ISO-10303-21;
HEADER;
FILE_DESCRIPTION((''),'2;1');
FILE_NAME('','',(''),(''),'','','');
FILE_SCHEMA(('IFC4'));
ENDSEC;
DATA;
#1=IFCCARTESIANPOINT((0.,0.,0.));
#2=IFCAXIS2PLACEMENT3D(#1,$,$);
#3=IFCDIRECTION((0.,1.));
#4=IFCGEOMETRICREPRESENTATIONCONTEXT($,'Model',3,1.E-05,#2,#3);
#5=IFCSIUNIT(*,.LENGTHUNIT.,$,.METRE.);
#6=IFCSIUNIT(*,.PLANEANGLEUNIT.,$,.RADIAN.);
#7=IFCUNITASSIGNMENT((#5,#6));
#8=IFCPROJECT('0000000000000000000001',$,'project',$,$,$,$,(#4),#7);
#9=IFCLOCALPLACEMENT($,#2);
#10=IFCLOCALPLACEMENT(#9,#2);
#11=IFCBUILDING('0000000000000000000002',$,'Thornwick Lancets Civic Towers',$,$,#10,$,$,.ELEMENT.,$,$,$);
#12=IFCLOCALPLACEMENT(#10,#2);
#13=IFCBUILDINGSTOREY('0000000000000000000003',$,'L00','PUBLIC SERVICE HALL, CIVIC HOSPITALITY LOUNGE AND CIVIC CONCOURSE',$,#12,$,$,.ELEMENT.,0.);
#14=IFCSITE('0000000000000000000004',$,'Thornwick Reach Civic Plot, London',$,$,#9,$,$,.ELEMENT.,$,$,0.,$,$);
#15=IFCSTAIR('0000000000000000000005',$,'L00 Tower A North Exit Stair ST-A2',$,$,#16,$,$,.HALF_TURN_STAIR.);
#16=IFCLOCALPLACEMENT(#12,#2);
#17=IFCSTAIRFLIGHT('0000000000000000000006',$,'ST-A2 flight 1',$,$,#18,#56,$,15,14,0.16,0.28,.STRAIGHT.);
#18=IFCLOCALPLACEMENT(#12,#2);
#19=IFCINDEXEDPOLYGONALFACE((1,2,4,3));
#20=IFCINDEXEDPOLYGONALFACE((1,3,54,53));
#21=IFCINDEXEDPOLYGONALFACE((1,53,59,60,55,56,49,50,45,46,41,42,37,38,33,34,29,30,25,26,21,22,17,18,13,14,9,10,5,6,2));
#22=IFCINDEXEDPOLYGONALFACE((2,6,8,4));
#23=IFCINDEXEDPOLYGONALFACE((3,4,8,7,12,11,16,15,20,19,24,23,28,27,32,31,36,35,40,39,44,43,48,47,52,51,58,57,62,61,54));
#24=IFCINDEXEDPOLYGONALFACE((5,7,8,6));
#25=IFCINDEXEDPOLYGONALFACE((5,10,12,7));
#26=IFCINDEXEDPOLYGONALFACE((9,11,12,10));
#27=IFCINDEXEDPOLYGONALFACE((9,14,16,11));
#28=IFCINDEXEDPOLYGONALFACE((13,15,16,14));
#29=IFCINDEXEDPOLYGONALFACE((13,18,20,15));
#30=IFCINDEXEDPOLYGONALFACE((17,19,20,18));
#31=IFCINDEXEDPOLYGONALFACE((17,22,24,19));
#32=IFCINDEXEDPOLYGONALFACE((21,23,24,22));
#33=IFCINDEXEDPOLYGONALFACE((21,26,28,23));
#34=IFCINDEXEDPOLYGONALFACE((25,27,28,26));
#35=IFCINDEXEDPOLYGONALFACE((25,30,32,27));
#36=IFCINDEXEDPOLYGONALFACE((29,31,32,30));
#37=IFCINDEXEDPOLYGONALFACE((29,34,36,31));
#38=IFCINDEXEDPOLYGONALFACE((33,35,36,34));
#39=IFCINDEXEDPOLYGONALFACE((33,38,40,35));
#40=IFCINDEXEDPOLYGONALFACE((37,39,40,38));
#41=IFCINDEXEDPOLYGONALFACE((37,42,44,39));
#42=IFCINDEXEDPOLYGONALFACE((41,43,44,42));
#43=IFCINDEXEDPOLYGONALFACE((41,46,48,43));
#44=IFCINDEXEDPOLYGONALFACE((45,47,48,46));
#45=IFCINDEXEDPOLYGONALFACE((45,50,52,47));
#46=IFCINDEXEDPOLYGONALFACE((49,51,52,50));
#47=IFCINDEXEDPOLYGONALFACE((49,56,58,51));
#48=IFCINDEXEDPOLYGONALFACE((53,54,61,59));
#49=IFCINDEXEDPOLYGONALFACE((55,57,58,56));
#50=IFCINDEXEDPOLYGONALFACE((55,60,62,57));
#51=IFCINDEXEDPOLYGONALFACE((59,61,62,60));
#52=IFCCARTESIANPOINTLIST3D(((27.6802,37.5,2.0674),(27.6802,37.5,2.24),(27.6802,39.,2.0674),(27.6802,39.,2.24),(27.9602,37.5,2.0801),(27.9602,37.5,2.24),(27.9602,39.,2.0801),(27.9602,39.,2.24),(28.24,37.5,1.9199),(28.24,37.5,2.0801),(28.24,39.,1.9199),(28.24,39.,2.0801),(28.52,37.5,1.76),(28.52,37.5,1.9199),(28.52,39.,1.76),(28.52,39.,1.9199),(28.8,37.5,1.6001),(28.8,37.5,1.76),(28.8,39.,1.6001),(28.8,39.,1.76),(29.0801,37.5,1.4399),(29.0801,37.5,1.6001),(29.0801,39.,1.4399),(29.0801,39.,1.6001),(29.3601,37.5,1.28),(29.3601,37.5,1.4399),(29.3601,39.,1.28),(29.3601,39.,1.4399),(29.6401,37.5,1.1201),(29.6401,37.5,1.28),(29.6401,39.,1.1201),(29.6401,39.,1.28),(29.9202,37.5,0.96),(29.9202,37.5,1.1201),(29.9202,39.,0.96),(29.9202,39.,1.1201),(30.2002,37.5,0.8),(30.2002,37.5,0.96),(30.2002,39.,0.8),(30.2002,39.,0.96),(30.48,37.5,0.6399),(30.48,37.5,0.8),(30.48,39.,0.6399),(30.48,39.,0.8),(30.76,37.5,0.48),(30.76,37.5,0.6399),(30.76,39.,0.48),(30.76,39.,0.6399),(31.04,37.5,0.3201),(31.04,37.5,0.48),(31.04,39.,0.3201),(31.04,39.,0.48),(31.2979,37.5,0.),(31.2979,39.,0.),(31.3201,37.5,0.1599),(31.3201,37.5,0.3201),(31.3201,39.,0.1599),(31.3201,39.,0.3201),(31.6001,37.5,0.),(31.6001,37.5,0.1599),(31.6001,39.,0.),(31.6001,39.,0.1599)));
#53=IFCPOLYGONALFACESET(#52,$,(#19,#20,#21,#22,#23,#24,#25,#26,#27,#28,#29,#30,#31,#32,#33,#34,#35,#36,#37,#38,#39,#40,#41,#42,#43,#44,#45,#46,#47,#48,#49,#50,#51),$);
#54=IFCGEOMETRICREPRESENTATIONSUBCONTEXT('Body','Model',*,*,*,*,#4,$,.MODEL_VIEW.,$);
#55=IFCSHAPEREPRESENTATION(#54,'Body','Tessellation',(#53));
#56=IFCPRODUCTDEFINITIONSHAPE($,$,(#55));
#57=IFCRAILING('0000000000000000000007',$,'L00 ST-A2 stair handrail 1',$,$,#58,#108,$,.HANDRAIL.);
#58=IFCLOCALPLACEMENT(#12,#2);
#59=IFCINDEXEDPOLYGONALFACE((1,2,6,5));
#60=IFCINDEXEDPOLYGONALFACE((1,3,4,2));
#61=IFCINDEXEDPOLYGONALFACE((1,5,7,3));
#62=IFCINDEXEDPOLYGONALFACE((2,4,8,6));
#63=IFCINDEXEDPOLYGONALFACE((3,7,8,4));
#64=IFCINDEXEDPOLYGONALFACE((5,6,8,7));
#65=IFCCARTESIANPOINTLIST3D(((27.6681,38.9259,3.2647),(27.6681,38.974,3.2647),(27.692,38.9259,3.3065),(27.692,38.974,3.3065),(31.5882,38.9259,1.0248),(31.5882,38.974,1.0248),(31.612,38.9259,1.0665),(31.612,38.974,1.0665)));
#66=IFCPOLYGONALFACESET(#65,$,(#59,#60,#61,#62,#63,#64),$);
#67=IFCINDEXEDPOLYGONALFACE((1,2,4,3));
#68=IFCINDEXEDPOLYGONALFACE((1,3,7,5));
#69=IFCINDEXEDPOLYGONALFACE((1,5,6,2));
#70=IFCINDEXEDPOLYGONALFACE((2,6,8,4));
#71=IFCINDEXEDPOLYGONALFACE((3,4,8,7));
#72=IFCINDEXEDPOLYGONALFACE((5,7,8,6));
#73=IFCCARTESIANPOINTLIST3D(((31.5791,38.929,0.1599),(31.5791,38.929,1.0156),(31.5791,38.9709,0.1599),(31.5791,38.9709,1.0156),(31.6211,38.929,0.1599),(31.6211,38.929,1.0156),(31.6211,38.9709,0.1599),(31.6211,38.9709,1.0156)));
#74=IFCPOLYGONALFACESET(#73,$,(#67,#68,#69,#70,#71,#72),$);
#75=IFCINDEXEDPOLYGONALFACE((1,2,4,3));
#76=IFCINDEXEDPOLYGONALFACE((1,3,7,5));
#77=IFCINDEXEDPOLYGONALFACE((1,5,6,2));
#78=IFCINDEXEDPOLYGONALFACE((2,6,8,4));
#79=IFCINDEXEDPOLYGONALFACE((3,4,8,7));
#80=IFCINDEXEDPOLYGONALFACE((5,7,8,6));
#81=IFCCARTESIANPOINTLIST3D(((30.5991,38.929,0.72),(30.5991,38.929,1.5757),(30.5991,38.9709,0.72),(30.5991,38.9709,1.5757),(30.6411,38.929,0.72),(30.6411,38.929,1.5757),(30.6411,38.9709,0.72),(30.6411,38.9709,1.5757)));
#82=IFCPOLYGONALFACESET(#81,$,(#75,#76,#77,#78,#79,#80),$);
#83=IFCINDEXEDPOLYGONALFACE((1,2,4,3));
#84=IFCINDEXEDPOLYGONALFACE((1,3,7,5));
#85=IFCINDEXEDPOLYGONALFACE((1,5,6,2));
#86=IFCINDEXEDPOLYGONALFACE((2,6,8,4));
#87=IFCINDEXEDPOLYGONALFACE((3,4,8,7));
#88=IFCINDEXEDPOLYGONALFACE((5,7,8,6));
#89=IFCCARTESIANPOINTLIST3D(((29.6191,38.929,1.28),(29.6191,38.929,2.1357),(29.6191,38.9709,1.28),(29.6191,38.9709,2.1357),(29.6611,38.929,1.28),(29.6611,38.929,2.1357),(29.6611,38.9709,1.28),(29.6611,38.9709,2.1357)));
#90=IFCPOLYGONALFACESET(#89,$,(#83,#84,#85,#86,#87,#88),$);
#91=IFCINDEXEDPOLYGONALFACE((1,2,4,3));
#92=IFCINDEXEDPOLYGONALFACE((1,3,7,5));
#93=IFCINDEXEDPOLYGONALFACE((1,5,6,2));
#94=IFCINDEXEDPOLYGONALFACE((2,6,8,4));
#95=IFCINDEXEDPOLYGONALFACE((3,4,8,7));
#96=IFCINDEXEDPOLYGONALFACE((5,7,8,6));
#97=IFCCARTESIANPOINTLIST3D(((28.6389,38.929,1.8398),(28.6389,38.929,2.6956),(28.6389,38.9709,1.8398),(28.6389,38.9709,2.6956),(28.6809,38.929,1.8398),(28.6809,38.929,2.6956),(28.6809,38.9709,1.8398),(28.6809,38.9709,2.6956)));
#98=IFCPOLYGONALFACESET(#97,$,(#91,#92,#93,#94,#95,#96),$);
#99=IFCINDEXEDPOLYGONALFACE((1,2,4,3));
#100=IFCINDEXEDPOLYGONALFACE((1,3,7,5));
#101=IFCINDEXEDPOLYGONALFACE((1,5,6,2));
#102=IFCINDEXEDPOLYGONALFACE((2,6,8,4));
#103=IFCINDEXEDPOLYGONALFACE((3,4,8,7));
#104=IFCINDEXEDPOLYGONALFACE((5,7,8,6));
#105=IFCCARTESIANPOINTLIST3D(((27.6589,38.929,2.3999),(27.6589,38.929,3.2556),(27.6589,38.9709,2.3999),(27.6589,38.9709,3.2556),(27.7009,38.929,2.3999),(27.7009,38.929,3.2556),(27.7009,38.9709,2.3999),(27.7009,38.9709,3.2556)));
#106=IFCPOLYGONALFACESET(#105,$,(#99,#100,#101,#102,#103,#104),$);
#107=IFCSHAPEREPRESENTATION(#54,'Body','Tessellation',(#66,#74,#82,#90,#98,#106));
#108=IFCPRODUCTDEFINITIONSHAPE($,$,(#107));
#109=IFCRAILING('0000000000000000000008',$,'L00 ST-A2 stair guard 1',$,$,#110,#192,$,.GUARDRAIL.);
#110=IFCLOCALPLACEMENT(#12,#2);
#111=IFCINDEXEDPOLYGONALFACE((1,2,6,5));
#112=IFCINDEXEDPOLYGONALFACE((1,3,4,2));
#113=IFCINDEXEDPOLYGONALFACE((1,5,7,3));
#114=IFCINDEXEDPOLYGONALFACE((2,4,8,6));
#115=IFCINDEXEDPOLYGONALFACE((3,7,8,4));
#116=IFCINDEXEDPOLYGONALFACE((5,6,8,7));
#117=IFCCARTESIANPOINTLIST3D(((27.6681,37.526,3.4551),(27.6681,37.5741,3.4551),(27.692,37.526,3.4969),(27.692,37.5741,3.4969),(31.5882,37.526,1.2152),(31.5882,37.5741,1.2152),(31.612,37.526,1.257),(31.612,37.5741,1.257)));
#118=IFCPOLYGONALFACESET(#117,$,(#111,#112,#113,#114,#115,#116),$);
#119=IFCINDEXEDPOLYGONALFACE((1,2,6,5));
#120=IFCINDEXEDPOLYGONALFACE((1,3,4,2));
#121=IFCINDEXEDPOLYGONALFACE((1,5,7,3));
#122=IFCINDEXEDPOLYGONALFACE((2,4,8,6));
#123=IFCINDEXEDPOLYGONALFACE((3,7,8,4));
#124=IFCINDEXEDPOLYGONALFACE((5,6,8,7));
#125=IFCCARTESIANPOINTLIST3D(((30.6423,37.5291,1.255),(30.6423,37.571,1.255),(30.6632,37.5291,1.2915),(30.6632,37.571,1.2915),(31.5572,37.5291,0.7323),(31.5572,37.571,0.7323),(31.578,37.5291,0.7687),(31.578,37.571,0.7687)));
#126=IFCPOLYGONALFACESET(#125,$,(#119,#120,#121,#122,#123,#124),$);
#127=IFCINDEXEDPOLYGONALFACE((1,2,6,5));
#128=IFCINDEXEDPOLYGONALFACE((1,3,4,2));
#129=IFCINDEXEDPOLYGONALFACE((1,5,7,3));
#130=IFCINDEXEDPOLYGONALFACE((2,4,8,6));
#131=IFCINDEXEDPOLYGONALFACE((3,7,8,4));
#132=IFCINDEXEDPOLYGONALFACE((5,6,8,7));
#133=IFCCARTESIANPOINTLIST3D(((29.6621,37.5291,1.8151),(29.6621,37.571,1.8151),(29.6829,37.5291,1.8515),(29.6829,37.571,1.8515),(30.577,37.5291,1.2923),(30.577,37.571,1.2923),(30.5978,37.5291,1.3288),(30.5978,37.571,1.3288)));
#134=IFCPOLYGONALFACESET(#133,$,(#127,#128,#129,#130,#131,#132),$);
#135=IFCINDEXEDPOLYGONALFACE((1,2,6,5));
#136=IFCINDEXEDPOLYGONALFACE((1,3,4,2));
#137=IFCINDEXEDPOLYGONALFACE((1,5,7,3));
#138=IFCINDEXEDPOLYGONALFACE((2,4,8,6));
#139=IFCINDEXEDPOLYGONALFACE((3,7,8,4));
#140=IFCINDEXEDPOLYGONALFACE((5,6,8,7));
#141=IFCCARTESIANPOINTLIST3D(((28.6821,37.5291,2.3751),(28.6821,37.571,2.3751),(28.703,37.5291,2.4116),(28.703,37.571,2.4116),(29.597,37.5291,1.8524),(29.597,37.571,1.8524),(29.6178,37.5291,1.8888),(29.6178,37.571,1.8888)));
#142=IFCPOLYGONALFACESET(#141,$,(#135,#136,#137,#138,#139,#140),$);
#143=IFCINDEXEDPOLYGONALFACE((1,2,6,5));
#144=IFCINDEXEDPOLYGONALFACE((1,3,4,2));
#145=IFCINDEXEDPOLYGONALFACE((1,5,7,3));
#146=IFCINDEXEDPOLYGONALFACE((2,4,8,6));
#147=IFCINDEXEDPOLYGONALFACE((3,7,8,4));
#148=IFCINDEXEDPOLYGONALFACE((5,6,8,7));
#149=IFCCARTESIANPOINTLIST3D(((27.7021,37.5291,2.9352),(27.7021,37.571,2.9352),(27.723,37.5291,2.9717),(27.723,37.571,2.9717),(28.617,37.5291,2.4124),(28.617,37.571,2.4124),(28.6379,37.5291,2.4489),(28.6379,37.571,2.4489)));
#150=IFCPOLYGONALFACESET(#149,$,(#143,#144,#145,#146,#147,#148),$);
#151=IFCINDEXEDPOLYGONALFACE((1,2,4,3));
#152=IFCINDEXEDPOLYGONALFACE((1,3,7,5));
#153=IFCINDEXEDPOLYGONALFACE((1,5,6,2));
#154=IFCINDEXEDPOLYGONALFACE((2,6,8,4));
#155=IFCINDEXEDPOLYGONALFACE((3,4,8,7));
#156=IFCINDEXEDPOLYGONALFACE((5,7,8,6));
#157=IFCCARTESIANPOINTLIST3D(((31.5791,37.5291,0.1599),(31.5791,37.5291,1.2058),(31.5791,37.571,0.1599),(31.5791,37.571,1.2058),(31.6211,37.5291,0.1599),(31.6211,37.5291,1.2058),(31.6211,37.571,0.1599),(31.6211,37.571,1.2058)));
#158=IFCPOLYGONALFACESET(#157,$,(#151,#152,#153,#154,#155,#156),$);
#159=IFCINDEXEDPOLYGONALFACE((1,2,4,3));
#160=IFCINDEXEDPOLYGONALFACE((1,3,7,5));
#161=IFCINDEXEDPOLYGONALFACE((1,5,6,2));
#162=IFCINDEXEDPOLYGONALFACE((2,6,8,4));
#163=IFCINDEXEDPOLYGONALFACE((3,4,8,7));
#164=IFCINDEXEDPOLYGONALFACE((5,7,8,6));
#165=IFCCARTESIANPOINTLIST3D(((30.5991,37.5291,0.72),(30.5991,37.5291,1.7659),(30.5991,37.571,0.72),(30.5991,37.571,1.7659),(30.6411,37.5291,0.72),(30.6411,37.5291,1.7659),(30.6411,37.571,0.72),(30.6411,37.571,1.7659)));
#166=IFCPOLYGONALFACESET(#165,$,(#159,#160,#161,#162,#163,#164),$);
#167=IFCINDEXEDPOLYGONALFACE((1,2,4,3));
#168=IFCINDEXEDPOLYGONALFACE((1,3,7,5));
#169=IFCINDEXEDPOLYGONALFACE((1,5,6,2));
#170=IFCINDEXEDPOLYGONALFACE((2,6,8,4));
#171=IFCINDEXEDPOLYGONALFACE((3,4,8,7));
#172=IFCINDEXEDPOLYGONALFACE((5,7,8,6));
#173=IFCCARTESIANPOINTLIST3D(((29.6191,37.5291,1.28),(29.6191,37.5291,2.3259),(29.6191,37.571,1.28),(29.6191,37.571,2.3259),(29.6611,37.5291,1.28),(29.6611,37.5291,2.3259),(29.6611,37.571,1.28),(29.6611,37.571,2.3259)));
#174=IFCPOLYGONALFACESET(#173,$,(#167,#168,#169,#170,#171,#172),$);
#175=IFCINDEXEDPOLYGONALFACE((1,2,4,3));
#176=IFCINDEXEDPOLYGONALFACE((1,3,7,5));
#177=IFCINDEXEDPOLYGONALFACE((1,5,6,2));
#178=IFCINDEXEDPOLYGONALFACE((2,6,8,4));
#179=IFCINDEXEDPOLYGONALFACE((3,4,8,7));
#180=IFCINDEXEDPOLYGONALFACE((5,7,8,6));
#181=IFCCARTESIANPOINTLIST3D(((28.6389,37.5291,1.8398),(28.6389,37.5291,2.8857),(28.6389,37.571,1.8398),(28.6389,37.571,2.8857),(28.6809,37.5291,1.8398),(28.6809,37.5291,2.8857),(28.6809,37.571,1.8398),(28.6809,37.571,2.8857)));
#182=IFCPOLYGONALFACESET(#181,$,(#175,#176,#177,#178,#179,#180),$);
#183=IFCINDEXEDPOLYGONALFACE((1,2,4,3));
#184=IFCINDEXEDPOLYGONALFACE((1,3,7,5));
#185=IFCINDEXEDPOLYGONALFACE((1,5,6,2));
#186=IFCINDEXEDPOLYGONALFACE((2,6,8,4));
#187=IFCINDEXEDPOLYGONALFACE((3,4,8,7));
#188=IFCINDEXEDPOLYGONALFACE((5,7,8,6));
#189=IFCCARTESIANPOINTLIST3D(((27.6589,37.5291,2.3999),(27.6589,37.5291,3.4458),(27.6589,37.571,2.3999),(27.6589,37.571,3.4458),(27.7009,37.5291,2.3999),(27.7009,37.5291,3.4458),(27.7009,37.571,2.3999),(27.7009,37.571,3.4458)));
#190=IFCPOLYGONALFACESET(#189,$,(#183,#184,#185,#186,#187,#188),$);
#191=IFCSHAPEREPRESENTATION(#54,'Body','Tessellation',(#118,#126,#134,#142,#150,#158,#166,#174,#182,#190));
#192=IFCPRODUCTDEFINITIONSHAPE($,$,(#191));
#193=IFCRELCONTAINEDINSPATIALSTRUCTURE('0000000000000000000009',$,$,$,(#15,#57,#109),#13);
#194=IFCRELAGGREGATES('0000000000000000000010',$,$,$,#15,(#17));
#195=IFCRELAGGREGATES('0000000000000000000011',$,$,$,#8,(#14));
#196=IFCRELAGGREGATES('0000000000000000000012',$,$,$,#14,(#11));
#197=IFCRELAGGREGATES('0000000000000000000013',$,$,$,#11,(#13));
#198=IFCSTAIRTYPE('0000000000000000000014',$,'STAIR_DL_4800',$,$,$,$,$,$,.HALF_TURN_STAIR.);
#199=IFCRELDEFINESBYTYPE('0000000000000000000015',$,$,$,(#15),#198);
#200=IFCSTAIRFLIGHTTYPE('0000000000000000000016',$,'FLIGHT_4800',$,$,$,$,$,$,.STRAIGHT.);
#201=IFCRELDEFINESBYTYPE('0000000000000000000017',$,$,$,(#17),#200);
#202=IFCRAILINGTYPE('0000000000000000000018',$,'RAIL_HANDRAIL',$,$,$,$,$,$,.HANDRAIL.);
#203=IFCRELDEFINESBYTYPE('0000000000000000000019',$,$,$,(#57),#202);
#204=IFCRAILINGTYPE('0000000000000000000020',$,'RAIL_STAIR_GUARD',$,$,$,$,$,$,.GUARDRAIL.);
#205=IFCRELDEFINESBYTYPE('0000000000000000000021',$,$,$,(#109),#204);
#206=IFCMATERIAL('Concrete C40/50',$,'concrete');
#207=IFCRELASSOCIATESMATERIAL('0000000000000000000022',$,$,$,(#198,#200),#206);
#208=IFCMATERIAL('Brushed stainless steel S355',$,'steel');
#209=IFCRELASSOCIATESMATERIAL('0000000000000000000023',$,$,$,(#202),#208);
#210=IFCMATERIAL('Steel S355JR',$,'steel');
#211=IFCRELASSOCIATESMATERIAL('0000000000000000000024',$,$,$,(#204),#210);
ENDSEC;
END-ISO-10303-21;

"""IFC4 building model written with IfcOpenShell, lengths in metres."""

from ifc_helpers import new_model, si_unit, direction, frame, origin, origin_2d, place, context, subcontext, project, spatial, polyline, rectangle, outline, extrude, material, type_object, element, aggregate, save


model = new_model("IFC4")

# Units and contexts
model_context = context("Model", 3, precision=1e-05, world=origin(), true_north=direction((0.0, 1.0)))
body_context = subcontext(model_context, "Body", "Model", "MODEL_VIEW")
ifc_project = project(units=[si_unit("LENGTHUNIT", "METRE"), si_unit("PLANEANGLEUNIT", "RADIAN")], contexts=[model_context])

# Site, building, storey
site_placement = place(None, origin())
site = spatial("IfcSite", under=ifc_project, at=site_placement, Name="Thornwick Reach Civic Plot, London", CompositionType="ELEMENT", RefElevation=0.0)
building_placement = place(site_placement, origin())
building = spatial("IfcBuilding", under=site, at=building_placement, Name="Thornwick Lancets Civic Towers", CompositionType="ELEMENT")
storey_placement = place(building_placement, origin())
storey = spatial("IfcBuildingStorey", under=building, at=storey_placement, Name="L00", Description="PUBLIC SERVICE HALL, CIVIC HOSPITALITY LOUNGE AND CIVIC CONCOURSE", CompositionType="ELEMENT", Elevation=0.0)

# Shared definitions
ifc_material_1 = material(Name="Concrete C40/50", Category="concrete")

# Stair, stair flight
stair_type = type_object("IfcStairType", Name="STAIR_DL_4800", PredefinedType="HALF_TURN_STAIR", material=ifc_material_1)
stair_placement = place(storey_placement, origin())
stair = element("IfcStair", 1, at=stair_placement, inside=storey, type_object=stair_type, Name="L00 Tower A North Exit Stair ST-A2", PredefinedType="HALF_TURN_STAIR")
stair_flight_type = type_object("IfcStairFlightType", Name="FLIGHT_4800", PredefinedType="STRAIGHT", material=ifc_material_1)
stair_flight_placement = place(storey_placement, frame((31.6001, 38.25, 0.0), z_axis=(0.0, 0.0, 1.0), x_axis=(-1.0, 0.0, 0.0)))
stair_flight = element("IfcStairFlight", 2, at=stair_flight_placement, type_object=stair_flight_type, Name="ST-A2 flight 1", NumberOfRisers=15, NumberOfTreads=14, PredefinedType="STRAIGHT", RiserHeight=0.16, TreadLength=0.28, context=body_context, shape_type="SweptSolid", body=[
    extrude(outline(polyline([(0.0, 0.0), (0.0, 0.1599), (0.28, 0.1599), (0.28, 0.3201), (0.5601, 0.3201), (0.5601, 0.48), (0.8401, 0.48), (0.8401, 0.6399), (1.1201, 0.6399), (1.1201, 0.8), (1.3999, 0.8), (1.3999, 0.96), (1.6799, 0.96), (1.6799, 1.1201), (1.96, 1.1201), (1.96, 1.28), (2.24, 1.28), (2.24, 1.4399), (2.52, 1.4399), (2.52, 1.6001), (2.8, 1.6001), (2.8, 1.76), (3.0801, 1.76), (3.0801, 1.9199), (3.3601, 1.9199), (3.3601, 2.0801), (3.6399, 2.0801), (3.6399, 2.24), (3.9199, 2.24), (3.9199, 2.3999), (3.9199, 2.0674), (0.3022, 0.0), (0.0, 0.0)])), frame((0.0, 0.75, 0.0), z_axis=(0.0, -1.0, 0.0), x_axis=(1.0, 0.0, 0.0)), (0.0, 0.0, 1.0), 1.5),
])
aggregate(stair, [stair_flight])

# Railings
ifc_material_2 = material(Name="Brushed stainless steel S355", Category="steel")
railing_type_1 = type_object("IfcRailingType", Name="RAIL_HANDRAIL", PredefinedType="HANDRAIL", material=ifc_material_2)
railing_1_placement = place(storey_placement, frame((31.6001, 38.95, 0.1599)))
element("IfcRailing", 3, at=railing_1_placement, inside=storey, type_object=railing_type_1, Name="L00 ST-A2 stair handrail 1", PredefinedType="HANDRAIL", context=body_context, shape_type="SweptSolid", body=[
    extrude(rectangle(XDim=0.0481, YDim=0.0481, at=origin_2d()), frame((0.0, 0.0, 0.8857), z_axis=(-0.868253, 0.0, 0.496121), x_axis=(0.0, -1.0, 0.0)), (0.0, 0.0, 1.0), 4.5149),
    extrude(rectangle(XDim=0.042, YDim=0.042, at=origin_2d()), origin(), (0.0, 0.0, 1.0), 0.8557),
    extrude(rectangle(XDim=0.042, YDim=0.042, at=origin_2d()), frame((-0.98, 0.0, 0.5601)), (0.0, 0.0, 1.0), 0.8557),
    extrude(rectangle(XDim=0.042, YDim=0.042, at=origin_2d()), frame((-1.96, 0.0, 1.1201)), (0.0, 0.0, 1.0), 0.8557),
    extrude(rectangle(XDim=0.042, YDim=0.042, at=origin_2d()), frame((-2.9402, 0.0, 1.6799)), (0.0, 0.0, 1.0), 0.8557),
    extrude(rectangle(XDim=0.042, YDim=0.042, at=origin_2d()), frame((-3.9202, 0.0, 2.24)), (0.0, 0.0, 1.0), 0.8557),
])
ifc_material_3 = material(Name="Steel S355JR", Category="steel")
railing_type_2 = type_object("IfcRailingType", Name="RAIL_STAIR_GUARD", PredefinedType="GUARDRAIL", material=ifc_material_3)
railing_2_placement = place(storey_placement, frame((31.6001, 37.55, 0.1599)))
element("IfcRailing", 4, at=railing_2_placement, inside=storey, type_object=railing_type_2, Name="L00 ST-A2 stair guard 1", PredefinedType="GUARDRAIL", context=body_context, shape_type="SweptSolid", body=[
    extrude(rectangle(XDim=0.0481, YDim=0.0481, at=origin_2d()), frame((0.0, 0.0, 1.0762), z_axis=(-0.868253, 0.0, 0.496121), x_axis=(0.0, -1.0, 0.0)), (0.0, 0.0, 1.0), 4.5149),
    extrude(rectangle(XDim=0.042, YDim=0.042, at=origin_2d()), frame((-0.0325, 0.0, 0.5906), z_axis=(-0.868253, 0.0, 0.496121), x_axis=(0.0, -1.0, 0.0)), (0.0, 0.0, 1.0), 1.0537),
    extrude(rectangle(XDim=0.042, YDim=0.042, at=origin_2d()), frame((-1.0127, 0.0, 1.1506), z_axis=(-0.868253, 0.0, 0.496121), x_axis=(0.0, -1.0, 0.0)), (0.0, 0.0, 1.0), 1.0537),
    extrude(rectangle(XDim=0.042, YDim=0.042, at=origin_2d()), frame((-1.9927, 0.0, 1.7107), z_axis=(-0.868253, 0.0, 0.496121), x_axis=(0.0, -1.0, 0.0)), (0.0, 0.0, 1.0), 1.0537),
    extrude(rectangle(XDim=0.042, YDim=0.042, at=origin_2d()), frame((-2.9727, 0.0, 2.2708), z_axis=(-0.868253, 0.0, 0.496121), x_axis=(0.0, -1.0, 0.0)), (0.0, 0.0, 1.0), 1.0537),
    extrude(rectangle(XDim=0.042, YDim=0.042, at=origin_2d()), origin(), (0.0, 0.0, 1.0), 1.0459),
    extrude(rectangle(XDim=0.042, YDim=0.042, at=origin_2d()), frame((-0.98, 0.0, 0.5601)), (0.0, 0.0, 1.0), 1.0459),
    extrude(rectangle(XDim=0.042, YDim=0.042, at=origin_2d()), frame((-1.96, 0.0, 1.1201)), (0.0, 0.0, 1.0), 1.0459),
    extrude(rectangle(XDim=0.042, YDim=0.042, at=origin_2d()), frame((-2.9402, 0.0, 1.6799)), (0.0, 0.0, 1.0), 1.0459),
    extrude(rectangle(XDim=0.042, YDim=0.042, at=origin_2d()), frame((-3.9202, 0.0, 2.24)), (0.0, 0.0, 1.0), 1.0459),
])

save(model, "model.ifc")
